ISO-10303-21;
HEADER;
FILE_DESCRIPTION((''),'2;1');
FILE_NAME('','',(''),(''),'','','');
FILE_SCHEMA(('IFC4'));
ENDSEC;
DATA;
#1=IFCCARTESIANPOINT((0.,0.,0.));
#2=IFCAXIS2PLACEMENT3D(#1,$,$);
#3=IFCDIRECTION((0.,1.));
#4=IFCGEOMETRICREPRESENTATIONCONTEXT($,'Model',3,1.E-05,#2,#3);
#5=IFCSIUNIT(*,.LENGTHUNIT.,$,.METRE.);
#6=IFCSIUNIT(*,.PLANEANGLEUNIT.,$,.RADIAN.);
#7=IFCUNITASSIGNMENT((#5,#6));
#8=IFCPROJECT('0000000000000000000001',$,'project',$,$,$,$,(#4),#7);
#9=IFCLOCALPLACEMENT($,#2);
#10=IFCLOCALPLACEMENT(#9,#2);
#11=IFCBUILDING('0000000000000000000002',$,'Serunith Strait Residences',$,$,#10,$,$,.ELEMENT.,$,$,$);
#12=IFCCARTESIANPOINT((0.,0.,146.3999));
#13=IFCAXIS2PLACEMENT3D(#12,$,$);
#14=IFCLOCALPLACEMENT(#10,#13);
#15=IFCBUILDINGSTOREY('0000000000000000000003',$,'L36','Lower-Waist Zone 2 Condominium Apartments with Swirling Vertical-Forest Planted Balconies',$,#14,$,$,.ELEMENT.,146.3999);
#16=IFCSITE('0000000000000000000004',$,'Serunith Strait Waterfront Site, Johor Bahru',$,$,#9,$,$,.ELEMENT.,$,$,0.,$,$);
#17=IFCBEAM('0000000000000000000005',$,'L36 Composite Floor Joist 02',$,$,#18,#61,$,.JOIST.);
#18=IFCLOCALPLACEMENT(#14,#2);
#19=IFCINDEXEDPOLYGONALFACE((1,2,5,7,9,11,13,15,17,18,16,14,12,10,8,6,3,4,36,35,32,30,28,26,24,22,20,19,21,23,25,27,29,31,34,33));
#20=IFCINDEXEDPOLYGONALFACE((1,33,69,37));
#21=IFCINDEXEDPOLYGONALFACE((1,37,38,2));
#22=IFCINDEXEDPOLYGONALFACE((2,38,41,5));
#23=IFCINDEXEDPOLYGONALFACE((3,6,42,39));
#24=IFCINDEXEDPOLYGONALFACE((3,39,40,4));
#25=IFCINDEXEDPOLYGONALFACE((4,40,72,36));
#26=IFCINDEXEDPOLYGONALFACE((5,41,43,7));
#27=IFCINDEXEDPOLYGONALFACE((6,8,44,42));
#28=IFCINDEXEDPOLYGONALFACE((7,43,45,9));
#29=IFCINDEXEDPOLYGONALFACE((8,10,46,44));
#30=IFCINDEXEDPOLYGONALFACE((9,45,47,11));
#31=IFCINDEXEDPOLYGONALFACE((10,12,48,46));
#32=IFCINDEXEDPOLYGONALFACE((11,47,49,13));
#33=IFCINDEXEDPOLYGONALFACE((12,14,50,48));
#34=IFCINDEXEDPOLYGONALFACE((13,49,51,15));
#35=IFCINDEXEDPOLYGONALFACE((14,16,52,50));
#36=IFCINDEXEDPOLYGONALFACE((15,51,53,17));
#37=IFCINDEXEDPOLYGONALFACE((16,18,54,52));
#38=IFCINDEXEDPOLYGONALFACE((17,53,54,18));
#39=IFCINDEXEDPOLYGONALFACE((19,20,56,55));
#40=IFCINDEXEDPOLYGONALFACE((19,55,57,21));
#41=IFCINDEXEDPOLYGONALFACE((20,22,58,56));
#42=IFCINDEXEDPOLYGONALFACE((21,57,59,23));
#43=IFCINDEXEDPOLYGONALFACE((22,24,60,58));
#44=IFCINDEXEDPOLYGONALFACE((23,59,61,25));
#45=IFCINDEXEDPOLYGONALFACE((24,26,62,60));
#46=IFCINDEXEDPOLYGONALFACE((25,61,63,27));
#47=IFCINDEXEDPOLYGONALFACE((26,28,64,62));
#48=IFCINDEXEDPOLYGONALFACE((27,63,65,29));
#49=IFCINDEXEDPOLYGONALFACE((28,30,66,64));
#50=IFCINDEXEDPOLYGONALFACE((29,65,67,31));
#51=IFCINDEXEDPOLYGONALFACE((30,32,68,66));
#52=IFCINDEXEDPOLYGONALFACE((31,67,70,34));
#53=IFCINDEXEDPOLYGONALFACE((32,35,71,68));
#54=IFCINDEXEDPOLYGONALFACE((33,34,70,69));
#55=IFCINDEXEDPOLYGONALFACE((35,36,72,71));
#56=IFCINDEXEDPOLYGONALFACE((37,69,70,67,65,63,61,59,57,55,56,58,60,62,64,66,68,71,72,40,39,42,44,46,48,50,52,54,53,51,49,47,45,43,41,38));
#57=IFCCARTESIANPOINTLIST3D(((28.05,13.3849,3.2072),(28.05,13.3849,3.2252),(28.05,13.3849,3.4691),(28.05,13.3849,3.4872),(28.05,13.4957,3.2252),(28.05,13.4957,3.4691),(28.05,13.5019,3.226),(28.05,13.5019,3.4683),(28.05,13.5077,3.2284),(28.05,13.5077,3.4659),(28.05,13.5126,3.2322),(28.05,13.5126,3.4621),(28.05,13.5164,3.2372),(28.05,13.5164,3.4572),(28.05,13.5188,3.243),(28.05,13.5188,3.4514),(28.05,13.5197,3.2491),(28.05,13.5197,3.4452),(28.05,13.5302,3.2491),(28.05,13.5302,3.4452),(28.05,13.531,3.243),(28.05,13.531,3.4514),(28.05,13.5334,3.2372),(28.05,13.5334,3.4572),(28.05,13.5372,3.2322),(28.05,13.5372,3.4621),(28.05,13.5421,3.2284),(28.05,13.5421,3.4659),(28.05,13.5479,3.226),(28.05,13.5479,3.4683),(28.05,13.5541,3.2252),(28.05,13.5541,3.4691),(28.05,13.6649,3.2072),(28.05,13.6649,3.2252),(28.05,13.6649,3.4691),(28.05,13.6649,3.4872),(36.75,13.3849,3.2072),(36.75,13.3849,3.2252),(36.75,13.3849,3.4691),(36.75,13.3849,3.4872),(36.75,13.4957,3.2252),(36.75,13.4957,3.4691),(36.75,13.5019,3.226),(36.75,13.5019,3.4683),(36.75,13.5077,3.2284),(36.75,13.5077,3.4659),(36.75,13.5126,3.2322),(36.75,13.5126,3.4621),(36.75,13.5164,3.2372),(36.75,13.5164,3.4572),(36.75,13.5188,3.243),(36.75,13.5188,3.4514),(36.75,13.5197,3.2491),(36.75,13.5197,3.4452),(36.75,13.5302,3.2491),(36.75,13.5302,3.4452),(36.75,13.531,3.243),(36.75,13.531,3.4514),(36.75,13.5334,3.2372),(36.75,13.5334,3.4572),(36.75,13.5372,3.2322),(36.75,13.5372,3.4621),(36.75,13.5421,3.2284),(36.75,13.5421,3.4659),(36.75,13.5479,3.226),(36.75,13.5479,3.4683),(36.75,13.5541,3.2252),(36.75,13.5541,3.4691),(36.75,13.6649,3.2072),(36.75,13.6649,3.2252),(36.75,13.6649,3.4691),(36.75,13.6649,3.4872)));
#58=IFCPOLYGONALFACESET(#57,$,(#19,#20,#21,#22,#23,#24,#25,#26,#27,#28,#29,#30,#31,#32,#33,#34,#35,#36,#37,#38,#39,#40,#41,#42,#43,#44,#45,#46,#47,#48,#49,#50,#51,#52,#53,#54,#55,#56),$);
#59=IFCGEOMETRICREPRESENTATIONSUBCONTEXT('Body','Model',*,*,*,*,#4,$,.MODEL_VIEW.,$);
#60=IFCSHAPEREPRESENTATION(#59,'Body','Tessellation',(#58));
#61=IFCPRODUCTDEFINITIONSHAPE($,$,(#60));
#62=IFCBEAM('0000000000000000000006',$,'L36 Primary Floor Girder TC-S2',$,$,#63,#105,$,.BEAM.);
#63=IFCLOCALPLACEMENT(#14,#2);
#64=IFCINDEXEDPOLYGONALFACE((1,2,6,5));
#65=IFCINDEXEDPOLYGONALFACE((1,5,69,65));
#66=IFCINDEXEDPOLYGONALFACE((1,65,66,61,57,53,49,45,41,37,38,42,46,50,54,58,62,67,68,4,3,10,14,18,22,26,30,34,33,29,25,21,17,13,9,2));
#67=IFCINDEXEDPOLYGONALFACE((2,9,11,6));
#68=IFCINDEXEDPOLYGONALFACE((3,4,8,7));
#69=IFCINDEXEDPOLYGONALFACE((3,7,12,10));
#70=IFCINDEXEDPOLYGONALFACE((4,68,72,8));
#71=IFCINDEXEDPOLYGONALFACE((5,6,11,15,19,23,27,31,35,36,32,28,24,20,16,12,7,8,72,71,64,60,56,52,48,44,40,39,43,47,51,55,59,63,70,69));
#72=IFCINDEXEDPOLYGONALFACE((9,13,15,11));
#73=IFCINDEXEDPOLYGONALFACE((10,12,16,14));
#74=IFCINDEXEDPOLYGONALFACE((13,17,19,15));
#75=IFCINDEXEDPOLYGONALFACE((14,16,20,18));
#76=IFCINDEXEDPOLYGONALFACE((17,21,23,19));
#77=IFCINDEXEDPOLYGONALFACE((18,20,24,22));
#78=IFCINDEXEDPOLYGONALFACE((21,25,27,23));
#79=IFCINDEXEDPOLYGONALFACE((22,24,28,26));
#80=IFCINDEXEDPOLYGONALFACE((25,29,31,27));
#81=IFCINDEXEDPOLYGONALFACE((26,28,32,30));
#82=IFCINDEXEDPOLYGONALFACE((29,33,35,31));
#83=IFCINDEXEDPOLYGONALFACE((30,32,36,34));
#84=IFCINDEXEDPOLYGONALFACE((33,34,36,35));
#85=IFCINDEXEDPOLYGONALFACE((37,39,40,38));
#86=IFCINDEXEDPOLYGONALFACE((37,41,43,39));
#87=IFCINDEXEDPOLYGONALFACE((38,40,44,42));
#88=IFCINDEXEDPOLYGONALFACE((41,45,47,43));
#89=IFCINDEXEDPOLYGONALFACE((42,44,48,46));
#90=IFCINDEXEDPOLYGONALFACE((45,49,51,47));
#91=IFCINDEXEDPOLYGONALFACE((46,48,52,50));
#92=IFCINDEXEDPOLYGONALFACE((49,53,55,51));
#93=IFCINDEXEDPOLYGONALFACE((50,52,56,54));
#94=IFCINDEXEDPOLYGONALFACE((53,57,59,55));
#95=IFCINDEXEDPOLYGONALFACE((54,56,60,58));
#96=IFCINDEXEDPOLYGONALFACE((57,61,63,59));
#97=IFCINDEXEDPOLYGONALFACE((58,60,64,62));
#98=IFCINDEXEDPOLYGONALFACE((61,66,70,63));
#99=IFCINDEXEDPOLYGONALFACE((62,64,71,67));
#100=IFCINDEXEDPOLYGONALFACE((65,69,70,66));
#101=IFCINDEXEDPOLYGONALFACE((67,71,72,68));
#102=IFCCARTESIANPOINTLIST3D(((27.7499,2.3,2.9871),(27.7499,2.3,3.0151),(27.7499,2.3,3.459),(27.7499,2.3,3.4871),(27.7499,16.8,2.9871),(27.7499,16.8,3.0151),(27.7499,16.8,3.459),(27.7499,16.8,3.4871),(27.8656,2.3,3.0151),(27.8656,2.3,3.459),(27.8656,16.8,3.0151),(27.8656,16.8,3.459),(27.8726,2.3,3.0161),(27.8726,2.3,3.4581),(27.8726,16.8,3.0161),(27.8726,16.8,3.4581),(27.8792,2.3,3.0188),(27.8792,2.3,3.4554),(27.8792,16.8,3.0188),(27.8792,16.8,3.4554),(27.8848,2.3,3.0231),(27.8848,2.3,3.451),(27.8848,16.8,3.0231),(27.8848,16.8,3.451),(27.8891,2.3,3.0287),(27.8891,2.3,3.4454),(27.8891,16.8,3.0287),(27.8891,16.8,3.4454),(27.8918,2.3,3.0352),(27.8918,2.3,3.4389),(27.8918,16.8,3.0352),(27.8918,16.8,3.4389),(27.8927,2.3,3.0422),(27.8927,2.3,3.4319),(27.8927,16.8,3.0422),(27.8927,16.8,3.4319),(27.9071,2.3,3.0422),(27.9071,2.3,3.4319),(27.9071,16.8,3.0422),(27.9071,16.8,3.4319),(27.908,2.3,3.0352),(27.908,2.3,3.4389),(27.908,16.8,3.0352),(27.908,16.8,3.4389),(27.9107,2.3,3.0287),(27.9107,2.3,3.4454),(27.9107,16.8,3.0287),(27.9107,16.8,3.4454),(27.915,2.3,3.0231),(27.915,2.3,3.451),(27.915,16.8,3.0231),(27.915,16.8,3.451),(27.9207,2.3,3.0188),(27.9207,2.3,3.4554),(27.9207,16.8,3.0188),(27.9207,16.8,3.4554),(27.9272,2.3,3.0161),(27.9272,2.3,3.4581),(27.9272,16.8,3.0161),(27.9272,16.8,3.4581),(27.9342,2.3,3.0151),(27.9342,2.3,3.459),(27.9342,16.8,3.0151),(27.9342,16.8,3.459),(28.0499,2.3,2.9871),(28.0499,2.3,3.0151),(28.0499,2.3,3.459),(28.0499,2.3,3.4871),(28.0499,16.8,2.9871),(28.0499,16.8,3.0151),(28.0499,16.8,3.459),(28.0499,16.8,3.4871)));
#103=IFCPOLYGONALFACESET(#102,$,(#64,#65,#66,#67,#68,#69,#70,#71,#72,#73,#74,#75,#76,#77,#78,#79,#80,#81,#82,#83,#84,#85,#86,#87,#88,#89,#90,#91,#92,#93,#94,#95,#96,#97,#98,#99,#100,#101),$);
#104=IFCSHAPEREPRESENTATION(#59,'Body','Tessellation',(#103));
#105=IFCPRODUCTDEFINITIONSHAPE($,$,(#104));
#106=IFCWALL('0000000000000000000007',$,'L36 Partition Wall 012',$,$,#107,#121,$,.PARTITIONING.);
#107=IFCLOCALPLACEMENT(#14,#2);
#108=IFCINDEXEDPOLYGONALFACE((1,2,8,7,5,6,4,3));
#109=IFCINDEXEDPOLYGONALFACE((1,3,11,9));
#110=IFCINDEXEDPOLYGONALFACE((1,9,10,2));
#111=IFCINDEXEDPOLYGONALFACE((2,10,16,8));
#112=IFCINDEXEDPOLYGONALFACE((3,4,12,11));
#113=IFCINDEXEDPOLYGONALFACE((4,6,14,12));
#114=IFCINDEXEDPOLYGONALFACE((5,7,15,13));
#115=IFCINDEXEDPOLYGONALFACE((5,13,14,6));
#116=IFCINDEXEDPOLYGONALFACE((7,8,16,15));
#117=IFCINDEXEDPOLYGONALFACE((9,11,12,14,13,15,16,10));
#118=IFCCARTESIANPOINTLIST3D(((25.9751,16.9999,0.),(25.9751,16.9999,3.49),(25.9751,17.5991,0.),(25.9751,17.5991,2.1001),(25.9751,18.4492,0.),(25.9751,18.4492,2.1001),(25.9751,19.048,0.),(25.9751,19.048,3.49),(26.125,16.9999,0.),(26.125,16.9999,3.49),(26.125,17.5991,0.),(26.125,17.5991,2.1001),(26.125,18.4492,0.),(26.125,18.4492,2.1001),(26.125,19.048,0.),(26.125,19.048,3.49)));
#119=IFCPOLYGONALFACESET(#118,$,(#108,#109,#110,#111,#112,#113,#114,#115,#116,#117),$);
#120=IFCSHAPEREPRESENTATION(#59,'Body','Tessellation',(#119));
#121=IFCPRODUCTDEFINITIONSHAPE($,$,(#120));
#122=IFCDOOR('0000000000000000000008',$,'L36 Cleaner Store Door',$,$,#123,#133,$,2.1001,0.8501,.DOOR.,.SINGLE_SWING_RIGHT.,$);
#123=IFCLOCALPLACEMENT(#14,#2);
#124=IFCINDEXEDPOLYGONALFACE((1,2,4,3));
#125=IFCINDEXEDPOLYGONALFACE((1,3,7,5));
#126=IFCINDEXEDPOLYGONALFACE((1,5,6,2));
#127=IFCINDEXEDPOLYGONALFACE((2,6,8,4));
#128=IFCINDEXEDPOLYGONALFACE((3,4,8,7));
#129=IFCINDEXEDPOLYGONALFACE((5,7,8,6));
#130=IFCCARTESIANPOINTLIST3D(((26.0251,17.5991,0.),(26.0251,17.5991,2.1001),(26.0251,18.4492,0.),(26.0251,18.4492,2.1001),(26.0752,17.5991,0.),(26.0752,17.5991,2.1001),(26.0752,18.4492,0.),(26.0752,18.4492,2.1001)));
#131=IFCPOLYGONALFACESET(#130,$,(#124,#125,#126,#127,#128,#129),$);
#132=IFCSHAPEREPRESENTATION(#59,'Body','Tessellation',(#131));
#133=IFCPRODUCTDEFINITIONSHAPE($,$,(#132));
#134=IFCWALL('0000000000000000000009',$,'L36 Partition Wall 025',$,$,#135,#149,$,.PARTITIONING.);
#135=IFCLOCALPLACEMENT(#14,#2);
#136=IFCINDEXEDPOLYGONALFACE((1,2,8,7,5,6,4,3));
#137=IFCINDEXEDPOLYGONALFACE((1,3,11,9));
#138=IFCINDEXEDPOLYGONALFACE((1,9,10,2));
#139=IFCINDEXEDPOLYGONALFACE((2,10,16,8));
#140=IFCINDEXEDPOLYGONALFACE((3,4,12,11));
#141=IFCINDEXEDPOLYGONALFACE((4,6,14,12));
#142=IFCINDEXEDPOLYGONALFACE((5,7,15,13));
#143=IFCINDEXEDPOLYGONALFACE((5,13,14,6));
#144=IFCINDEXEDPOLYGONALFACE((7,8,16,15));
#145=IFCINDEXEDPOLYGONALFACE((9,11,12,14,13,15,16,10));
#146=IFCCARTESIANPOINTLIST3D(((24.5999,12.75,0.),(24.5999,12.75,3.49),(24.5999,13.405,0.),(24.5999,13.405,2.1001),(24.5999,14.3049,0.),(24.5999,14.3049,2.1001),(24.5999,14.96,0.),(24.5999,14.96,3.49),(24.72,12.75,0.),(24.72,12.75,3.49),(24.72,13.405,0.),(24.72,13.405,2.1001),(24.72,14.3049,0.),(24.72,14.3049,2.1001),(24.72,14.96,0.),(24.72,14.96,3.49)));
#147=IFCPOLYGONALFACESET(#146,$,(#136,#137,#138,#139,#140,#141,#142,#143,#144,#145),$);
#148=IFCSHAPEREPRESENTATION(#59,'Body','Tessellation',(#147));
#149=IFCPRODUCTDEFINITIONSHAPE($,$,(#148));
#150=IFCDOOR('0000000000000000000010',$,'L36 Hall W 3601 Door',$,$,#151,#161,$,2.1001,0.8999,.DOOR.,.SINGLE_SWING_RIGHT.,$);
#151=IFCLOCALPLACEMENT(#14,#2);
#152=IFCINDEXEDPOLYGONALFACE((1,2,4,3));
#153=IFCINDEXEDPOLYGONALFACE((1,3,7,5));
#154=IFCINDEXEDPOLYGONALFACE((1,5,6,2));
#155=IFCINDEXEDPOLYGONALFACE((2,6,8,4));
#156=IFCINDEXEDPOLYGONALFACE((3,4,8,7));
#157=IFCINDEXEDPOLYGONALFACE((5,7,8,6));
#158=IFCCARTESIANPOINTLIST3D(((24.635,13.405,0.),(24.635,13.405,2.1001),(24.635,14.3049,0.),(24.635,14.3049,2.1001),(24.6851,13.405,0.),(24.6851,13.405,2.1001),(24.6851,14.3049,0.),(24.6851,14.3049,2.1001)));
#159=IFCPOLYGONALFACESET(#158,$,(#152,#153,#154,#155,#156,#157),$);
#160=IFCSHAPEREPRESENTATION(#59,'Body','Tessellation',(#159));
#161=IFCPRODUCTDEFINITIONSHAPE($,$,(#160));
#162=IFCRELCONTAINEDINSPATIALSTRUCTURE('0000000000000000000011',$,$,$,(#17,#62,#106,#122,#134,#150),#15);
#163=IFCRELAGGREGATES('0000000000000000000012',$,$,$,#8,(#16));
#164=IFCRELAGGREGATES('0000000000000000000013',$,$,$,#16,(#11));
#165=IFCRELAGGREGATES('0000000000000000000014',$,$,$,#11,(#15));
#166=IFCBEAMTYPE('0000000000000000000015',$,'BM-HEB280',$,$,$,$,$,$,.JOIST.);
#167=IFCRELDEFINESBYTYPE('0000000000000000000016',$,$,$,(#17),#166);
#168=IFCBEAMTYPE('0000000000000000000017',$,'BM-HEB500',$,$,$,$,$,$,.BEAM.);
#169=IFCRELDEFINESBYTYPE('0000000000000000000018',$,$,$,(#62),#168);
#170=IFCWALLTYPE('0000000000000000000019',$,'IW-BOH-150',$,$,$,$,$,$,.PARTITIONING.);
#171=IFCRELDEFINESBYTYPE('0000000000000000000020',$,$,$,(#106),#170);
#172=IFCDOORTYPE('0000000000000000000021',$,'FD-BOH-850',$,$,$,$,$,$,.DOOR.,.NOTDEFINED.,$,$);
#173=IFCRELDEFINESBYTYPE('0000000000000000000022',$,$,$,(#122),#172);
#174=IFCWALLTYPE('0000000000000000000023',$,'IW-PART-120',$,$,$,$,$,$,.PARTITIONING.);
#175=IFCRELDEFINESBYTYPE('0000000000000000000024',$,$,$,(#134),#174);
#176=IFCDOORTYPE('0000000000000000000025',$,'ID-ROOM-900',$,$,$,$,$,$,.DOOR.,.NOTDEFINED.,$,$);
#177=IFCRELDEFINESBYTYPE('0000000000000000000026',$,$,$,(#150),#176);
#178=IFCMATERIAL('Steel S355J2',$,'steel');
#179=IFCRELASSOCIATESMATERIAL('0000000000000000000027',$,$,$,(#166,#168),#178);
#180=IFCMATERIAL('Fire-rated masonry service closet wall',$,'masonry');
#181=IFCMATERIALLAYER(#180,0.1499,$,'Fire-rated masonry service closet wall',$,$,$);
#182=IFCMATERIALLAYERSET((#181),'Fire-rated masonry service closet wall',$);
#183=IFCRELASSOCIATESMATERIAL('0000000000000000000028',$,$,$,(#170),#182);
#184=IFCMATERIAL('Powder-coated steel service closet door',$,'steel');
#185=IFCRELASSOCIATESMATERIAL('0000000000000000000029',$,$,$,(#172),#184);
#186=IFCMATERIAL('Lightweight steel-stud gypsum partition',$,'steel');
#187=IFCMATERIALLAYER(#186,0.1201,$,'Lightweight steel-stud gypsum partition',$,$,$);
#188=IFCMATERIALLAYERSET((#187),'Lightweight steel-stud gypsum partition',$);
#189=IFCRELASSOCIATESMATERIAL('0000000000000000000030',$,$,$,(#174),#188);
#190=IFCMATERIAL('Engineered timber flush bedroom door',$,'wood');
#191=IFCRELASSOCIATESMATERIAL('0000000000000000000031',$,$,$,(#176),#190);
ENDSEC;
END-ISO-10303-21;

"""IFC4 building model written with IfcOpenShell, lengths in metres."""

from ifc_helpers import new_model, si_unit, direction, frame, frame_2d, origin, origin_2d, place, context, subcontext, project, spatial, rectangle, i_section, extrude, source, transform, mapped, material, layer, layer_set, material_profile, profile_set, type_object, element, fill, save


model = new_model("IFC4")

# Units and contexts
model_context = context("Model", 3, precision=1e-05, world=origin(), true_north=direction((0.0, 1.0)))
body_context = subcontext(model_context, "Body", "Model", "MODEL_VIEW")
ifc_project = project(units=[si_unit("LENGTHUNIT", "METRE"), si_unit("PLANEANGLEUNIT", "RADIAN")], contexts=[model_context])

# Site, building, storey
site_placement = place(None, origin())
site = spatial("IfcSite", under=ifc_project, at=site_placement, Name="Serunith Strait Waterfront Site, Johor Bahru", CompositionType="ELEMENT", RefElevation=0.0)
building_placement = place(site_placement, origin())
building = spatial("IfcBuilding", under=site, at=building_placement, Name="Serunith Strait Residences", CompositionType="ELEMENT")
storey_placement = place(building_placement, frame((0.0, 0.0, 146.3999)))
storey = spatial("IfcBuildingStorey", under=building, at=storey_placement, Name="L36", Description="Lower-Waist Zone 2 Condominium Apartments with Swirling Vertical-Forest Planted Balconies", CompositionType="ELEMENT", Elevation=146.3999)

# Beams
ifc_material_1 = material(Name="Steel S355J2", Category="steel")
ifc_material_profile_1 = material_profile(ifc_material_1, i_section(OverallWidth=0.28, OverallDepth=0.28, WebThickness=0.0105, FlangeThickness=0.0181, FilletRadius=0.0239, at=origin_2d()), Name="HEB 280")
ifc_profile_set_1 = profile_set([ifc_material_profile_1], Name="Steel S355J2")
beam_type_1 = type_object("IfcBeamType", Name="BM-HEB280", PredefinedType="JOIST", material=ifc_profile_set_1)
shared_shape_1 = source(origin(), body_context, "Body", "SweptSolid", [
    extrude(i_section(OverallWidth=0.28, OverallDepth=0.28, WebThickness=0.0105, FlangeThickness=0.0181, FilletRadius=0.0239, at=origin_2d()), origin(), (0.0, 0.0, 1.0), 8.7),
])
beam_1_placement = place(storey_placement, frame((28.05, 13.5249, 3.3472), z_axis=(1.0, 0.0, 0.0), x_axis=(0.0, 1.0, 0.0)))
element("IfcBeam", 1, at=beam_1_placement, inside=storey, type_object=beam_type_1, Name="L36 Composite Floor Joist 02", PredefinedType="JOIST", context=body_context, shape_type="MappedRepresentation", body=[
    mapped(shared_shape_1, transform((0.0, 0.0, 0.0), scale=1.0)),
])
ifc_material_profile_2 = material_profile(ifc_material_1, i_section(OverallWidth=0.3, OverallDepth=0.5, WebThickness=0.0144, FlangeThickness=0.0281, FilletRadius=0.0271, at=origin_2d()), Name="HEB 500")
ifc_profile_set_2 = profile_set([ifc_material_profile_2], Name="Steel S355J2")
beam_type_2 = type_object("IfcBeamType", Name="BM-HEB500", PredefinedType="BEAM", material=ifc_profile_set_2)
shared_shape_2 = source(origin(), body_context, "Body", "SweptSolid", [
    extrude(i_section(OverallWidth=0.3, OverallDepth=0.5, WebThickness=0.0144, FlangeThickness=0.0281, FilletRadius=0.0271, at=origin_2d()), origin(), (0.0, 0.0, 1.0), 14.5),
])
beam_2_placement = place(storey_placement, frame((27.8999, 16.8, 3.2371), z_axis=(0.0, -1.0, 0.0), x_axis=(1.0, 0.0, 0.0)))
element("IfcBeam", 2, at=beam_2_placement, inside=storey, type_object=beam_type_2, Name="L36 Primary Floor Girder TC-S2", PredefinedType="BEAM", context=body_context, shape_type="MappedRepresentation", body=[
    mapped(shared_shape_2, transform((0.0, 0.0, 0.0), scale=1.0)),
])

# Walls, openings, doors
ifc_material_2 = material(Name="Fire-rated masonry service closet wall", Category="masonry")
ifc_layer_1 = layer(ifc_material_2, 0.1499, Name="Fire-rated masonry service closet wall")
ifc_layer_set_1 = layer_set([ifc_layer_1], Name="Fire-rated masonry service closet wall")
wall_type_1 = type_object("IfcWallType", Name="IW-BOH-150", PredefinedType="PARTITIONING", material=ifc_layer_set_1)
wall_1_placement = place(storey_placement, frame((26.05, 17.0, 0.0), z_axis=(0.0, 0.0, 1.0), x_axis=(0.0, 1.0, 0.0)))
wall_1 = element("IfcWall", 3, at=wall_1_placement, inside=storey, type_object=wall_type_1, Name="L36 Partition Wall 012", PredefinedType="PARTITIONING", context=body_context, shape_type="SweptSolid", body=[
    extrude(rectangle(XDim=2.0481, YDim=0.1499, at=frame_2d((1.0239, 0.0))), origin(), (0.0, 0.0, 1.0), 3.49),
])
opening_1_placement = place(wall_1_placement, frame((0.5991, 0.0, 0.0)))
opening_1 = element("IfcOpeningElement", 4, at=opening_1_placement, cuts=wall_1, PredefinedType="OPENING", context=body_context, shape_type="SweptSolid", body=[
    extrude(rectangle(XDim=0.8501, YDim=2.1001, at=frame_2d((0.425, 1.05))), frame((0.0, 0.085, 0.0), z_axis=(0.0, -1.0, 0.0), x_axis=(1.0, 0.0, 0.0)), (0.0, 0.0, 1.0), 0.1699),
])
ifc_material_3 = material(Name="Powder-coated steel service closet door", Category="steel")
door_type_1 = type_object("IfcDoorType", Name="FD-BOH-850", OperationType="NOTDEFINED", PredefinedType="DOOR", material=ifc_material_3)
shared_shape_3 = source(origin(), body_context, "Body", "SweptSolid", [
    extrude(rectangle(XDim=0.8501, YDim=2.1001, at=frame_2d((0.425, 1.05))), frame((0.0, 0.0249, 0.0), z_axis=(0.0, -1.0, 0.0), x_axis=(1.0, 0.0, 0.0)), (0.0, 0.0, 1.0), 0.05),
])
door_1_placement = place(opening_1_placement, origin())
door_1 = element("IfcDoor", 5, at=door_1_placement, inside=storey, type_object=door_type_1, Name="L36 Cleaner Store Door", OperationType="SINGLE_SWING_RIGHT", OverallHeight=2.1001, OverallWidth=0.8501, PredefinedType="DOOR", context=body_context, shape_type="MappedRepresentation", body=[
    mapped(shared_shape_3, transform((0.0, 0.0, 0.0), scale=1.0)),
])
fill(opening_1, door_1)
ifc_material_4 = material(Name="Lightweight steel-stud gypsum partition", Category="steel")
ifc_layer_2 = layer(ifc_material_4, 0.1201, Name="Lightweight steel-stud gypsum partition")
ifc_layer_set_2 = layer_set([ifc_layer_2], Name="Lightweight steel-stud gypsum partition")
wall_type_2 = type_object("IfcWallType", Name="IW-PART-120", PredefinedType="PARTITIONING", material=ifc_layer_set_2)
wall_2_placement = place(storey_placement, frame((24.6599, 12.75, 0.0), z_axis=(0.0, 0.0, 1.0), x_axis=(0.0, 1.0, 0.0)))
wall_2 = element("IfcWall", 6, at=wall_2_placement, inside=storey, type_object=wall_type_2, Name="L36 Partition Wall 025", PredefinedType="PARTITIONING", context=body_context, shape_type="SweptSolid", body=[
    extrude(rectangle(XDim=2.21, YDim=0.1201, at=frame_2d((1.105, 0.0))), origin(), (0.0, 0.0, 1.0), 3.49),
])
opening_2_placement = place(wall_2_placement, frame((0.655, 0.0, 0.0)))
opening_2 = element("IfcOpeningElement", 7, at=opening_2_placement, cuts=wall_2, PredefinedType="OPENING", context=body_context, shape_type="SweptSolid", body=[
    extrude(rectangle(XDim=0.8999, YDim=2.1001, at=frame_2d((0.45, 1.05))), frame((0.0, 0.0701, 0.0), z_axis=(0.0, -1.0, 0.0), x_axis=(1.0, 0.0, 0.0)), (0.0, 0.0, 1.0), 0.1401),
])
ifc_material_5 = material(Name="Engineered timber flush bedroom door", Category="wood")
door_type_2 = type_object("IfcDoorType", Name="ID-ROOM-900", OperationType="NOTDEFINED", PredefinedType="DOOR", material=ifc_material_5)
shared_shape_4 = source(origin(), body_context, "Body", "SweptSolid", [
    extrude(rectangle(XDim=0.8999, YDim=2.1001, at=frame_2d((0.45, 1.05))), frame((0.0, 0.0249, 0.0), z_axis=(0.0, -1.0, 0.0), x_axis=(1.0, 0.0, 0.0)), (0.0, 0.0, 1.0), 0.05),
])
door_2_placement = place(opening_2_placement, origin())
door_2 = element("IfcDoor", 8, at=door_2_placement, inside=storey, type_object=door_type_2, Name="L36 Hall W 3601 Door", OperationType="SINGLE_SWING_RIGHT", OverallHeight=2.1001, OverallWidth=0.8999, PredefinedType="DOOR", context=body_context, shape_type="MappedRepresentation", body=[
    mapped(shared_shape_4, transform((0.0, 0.0, 0.0), scale=1.0)),
])
fill(opening_2, door_2)

save(model, "model.ifc")
